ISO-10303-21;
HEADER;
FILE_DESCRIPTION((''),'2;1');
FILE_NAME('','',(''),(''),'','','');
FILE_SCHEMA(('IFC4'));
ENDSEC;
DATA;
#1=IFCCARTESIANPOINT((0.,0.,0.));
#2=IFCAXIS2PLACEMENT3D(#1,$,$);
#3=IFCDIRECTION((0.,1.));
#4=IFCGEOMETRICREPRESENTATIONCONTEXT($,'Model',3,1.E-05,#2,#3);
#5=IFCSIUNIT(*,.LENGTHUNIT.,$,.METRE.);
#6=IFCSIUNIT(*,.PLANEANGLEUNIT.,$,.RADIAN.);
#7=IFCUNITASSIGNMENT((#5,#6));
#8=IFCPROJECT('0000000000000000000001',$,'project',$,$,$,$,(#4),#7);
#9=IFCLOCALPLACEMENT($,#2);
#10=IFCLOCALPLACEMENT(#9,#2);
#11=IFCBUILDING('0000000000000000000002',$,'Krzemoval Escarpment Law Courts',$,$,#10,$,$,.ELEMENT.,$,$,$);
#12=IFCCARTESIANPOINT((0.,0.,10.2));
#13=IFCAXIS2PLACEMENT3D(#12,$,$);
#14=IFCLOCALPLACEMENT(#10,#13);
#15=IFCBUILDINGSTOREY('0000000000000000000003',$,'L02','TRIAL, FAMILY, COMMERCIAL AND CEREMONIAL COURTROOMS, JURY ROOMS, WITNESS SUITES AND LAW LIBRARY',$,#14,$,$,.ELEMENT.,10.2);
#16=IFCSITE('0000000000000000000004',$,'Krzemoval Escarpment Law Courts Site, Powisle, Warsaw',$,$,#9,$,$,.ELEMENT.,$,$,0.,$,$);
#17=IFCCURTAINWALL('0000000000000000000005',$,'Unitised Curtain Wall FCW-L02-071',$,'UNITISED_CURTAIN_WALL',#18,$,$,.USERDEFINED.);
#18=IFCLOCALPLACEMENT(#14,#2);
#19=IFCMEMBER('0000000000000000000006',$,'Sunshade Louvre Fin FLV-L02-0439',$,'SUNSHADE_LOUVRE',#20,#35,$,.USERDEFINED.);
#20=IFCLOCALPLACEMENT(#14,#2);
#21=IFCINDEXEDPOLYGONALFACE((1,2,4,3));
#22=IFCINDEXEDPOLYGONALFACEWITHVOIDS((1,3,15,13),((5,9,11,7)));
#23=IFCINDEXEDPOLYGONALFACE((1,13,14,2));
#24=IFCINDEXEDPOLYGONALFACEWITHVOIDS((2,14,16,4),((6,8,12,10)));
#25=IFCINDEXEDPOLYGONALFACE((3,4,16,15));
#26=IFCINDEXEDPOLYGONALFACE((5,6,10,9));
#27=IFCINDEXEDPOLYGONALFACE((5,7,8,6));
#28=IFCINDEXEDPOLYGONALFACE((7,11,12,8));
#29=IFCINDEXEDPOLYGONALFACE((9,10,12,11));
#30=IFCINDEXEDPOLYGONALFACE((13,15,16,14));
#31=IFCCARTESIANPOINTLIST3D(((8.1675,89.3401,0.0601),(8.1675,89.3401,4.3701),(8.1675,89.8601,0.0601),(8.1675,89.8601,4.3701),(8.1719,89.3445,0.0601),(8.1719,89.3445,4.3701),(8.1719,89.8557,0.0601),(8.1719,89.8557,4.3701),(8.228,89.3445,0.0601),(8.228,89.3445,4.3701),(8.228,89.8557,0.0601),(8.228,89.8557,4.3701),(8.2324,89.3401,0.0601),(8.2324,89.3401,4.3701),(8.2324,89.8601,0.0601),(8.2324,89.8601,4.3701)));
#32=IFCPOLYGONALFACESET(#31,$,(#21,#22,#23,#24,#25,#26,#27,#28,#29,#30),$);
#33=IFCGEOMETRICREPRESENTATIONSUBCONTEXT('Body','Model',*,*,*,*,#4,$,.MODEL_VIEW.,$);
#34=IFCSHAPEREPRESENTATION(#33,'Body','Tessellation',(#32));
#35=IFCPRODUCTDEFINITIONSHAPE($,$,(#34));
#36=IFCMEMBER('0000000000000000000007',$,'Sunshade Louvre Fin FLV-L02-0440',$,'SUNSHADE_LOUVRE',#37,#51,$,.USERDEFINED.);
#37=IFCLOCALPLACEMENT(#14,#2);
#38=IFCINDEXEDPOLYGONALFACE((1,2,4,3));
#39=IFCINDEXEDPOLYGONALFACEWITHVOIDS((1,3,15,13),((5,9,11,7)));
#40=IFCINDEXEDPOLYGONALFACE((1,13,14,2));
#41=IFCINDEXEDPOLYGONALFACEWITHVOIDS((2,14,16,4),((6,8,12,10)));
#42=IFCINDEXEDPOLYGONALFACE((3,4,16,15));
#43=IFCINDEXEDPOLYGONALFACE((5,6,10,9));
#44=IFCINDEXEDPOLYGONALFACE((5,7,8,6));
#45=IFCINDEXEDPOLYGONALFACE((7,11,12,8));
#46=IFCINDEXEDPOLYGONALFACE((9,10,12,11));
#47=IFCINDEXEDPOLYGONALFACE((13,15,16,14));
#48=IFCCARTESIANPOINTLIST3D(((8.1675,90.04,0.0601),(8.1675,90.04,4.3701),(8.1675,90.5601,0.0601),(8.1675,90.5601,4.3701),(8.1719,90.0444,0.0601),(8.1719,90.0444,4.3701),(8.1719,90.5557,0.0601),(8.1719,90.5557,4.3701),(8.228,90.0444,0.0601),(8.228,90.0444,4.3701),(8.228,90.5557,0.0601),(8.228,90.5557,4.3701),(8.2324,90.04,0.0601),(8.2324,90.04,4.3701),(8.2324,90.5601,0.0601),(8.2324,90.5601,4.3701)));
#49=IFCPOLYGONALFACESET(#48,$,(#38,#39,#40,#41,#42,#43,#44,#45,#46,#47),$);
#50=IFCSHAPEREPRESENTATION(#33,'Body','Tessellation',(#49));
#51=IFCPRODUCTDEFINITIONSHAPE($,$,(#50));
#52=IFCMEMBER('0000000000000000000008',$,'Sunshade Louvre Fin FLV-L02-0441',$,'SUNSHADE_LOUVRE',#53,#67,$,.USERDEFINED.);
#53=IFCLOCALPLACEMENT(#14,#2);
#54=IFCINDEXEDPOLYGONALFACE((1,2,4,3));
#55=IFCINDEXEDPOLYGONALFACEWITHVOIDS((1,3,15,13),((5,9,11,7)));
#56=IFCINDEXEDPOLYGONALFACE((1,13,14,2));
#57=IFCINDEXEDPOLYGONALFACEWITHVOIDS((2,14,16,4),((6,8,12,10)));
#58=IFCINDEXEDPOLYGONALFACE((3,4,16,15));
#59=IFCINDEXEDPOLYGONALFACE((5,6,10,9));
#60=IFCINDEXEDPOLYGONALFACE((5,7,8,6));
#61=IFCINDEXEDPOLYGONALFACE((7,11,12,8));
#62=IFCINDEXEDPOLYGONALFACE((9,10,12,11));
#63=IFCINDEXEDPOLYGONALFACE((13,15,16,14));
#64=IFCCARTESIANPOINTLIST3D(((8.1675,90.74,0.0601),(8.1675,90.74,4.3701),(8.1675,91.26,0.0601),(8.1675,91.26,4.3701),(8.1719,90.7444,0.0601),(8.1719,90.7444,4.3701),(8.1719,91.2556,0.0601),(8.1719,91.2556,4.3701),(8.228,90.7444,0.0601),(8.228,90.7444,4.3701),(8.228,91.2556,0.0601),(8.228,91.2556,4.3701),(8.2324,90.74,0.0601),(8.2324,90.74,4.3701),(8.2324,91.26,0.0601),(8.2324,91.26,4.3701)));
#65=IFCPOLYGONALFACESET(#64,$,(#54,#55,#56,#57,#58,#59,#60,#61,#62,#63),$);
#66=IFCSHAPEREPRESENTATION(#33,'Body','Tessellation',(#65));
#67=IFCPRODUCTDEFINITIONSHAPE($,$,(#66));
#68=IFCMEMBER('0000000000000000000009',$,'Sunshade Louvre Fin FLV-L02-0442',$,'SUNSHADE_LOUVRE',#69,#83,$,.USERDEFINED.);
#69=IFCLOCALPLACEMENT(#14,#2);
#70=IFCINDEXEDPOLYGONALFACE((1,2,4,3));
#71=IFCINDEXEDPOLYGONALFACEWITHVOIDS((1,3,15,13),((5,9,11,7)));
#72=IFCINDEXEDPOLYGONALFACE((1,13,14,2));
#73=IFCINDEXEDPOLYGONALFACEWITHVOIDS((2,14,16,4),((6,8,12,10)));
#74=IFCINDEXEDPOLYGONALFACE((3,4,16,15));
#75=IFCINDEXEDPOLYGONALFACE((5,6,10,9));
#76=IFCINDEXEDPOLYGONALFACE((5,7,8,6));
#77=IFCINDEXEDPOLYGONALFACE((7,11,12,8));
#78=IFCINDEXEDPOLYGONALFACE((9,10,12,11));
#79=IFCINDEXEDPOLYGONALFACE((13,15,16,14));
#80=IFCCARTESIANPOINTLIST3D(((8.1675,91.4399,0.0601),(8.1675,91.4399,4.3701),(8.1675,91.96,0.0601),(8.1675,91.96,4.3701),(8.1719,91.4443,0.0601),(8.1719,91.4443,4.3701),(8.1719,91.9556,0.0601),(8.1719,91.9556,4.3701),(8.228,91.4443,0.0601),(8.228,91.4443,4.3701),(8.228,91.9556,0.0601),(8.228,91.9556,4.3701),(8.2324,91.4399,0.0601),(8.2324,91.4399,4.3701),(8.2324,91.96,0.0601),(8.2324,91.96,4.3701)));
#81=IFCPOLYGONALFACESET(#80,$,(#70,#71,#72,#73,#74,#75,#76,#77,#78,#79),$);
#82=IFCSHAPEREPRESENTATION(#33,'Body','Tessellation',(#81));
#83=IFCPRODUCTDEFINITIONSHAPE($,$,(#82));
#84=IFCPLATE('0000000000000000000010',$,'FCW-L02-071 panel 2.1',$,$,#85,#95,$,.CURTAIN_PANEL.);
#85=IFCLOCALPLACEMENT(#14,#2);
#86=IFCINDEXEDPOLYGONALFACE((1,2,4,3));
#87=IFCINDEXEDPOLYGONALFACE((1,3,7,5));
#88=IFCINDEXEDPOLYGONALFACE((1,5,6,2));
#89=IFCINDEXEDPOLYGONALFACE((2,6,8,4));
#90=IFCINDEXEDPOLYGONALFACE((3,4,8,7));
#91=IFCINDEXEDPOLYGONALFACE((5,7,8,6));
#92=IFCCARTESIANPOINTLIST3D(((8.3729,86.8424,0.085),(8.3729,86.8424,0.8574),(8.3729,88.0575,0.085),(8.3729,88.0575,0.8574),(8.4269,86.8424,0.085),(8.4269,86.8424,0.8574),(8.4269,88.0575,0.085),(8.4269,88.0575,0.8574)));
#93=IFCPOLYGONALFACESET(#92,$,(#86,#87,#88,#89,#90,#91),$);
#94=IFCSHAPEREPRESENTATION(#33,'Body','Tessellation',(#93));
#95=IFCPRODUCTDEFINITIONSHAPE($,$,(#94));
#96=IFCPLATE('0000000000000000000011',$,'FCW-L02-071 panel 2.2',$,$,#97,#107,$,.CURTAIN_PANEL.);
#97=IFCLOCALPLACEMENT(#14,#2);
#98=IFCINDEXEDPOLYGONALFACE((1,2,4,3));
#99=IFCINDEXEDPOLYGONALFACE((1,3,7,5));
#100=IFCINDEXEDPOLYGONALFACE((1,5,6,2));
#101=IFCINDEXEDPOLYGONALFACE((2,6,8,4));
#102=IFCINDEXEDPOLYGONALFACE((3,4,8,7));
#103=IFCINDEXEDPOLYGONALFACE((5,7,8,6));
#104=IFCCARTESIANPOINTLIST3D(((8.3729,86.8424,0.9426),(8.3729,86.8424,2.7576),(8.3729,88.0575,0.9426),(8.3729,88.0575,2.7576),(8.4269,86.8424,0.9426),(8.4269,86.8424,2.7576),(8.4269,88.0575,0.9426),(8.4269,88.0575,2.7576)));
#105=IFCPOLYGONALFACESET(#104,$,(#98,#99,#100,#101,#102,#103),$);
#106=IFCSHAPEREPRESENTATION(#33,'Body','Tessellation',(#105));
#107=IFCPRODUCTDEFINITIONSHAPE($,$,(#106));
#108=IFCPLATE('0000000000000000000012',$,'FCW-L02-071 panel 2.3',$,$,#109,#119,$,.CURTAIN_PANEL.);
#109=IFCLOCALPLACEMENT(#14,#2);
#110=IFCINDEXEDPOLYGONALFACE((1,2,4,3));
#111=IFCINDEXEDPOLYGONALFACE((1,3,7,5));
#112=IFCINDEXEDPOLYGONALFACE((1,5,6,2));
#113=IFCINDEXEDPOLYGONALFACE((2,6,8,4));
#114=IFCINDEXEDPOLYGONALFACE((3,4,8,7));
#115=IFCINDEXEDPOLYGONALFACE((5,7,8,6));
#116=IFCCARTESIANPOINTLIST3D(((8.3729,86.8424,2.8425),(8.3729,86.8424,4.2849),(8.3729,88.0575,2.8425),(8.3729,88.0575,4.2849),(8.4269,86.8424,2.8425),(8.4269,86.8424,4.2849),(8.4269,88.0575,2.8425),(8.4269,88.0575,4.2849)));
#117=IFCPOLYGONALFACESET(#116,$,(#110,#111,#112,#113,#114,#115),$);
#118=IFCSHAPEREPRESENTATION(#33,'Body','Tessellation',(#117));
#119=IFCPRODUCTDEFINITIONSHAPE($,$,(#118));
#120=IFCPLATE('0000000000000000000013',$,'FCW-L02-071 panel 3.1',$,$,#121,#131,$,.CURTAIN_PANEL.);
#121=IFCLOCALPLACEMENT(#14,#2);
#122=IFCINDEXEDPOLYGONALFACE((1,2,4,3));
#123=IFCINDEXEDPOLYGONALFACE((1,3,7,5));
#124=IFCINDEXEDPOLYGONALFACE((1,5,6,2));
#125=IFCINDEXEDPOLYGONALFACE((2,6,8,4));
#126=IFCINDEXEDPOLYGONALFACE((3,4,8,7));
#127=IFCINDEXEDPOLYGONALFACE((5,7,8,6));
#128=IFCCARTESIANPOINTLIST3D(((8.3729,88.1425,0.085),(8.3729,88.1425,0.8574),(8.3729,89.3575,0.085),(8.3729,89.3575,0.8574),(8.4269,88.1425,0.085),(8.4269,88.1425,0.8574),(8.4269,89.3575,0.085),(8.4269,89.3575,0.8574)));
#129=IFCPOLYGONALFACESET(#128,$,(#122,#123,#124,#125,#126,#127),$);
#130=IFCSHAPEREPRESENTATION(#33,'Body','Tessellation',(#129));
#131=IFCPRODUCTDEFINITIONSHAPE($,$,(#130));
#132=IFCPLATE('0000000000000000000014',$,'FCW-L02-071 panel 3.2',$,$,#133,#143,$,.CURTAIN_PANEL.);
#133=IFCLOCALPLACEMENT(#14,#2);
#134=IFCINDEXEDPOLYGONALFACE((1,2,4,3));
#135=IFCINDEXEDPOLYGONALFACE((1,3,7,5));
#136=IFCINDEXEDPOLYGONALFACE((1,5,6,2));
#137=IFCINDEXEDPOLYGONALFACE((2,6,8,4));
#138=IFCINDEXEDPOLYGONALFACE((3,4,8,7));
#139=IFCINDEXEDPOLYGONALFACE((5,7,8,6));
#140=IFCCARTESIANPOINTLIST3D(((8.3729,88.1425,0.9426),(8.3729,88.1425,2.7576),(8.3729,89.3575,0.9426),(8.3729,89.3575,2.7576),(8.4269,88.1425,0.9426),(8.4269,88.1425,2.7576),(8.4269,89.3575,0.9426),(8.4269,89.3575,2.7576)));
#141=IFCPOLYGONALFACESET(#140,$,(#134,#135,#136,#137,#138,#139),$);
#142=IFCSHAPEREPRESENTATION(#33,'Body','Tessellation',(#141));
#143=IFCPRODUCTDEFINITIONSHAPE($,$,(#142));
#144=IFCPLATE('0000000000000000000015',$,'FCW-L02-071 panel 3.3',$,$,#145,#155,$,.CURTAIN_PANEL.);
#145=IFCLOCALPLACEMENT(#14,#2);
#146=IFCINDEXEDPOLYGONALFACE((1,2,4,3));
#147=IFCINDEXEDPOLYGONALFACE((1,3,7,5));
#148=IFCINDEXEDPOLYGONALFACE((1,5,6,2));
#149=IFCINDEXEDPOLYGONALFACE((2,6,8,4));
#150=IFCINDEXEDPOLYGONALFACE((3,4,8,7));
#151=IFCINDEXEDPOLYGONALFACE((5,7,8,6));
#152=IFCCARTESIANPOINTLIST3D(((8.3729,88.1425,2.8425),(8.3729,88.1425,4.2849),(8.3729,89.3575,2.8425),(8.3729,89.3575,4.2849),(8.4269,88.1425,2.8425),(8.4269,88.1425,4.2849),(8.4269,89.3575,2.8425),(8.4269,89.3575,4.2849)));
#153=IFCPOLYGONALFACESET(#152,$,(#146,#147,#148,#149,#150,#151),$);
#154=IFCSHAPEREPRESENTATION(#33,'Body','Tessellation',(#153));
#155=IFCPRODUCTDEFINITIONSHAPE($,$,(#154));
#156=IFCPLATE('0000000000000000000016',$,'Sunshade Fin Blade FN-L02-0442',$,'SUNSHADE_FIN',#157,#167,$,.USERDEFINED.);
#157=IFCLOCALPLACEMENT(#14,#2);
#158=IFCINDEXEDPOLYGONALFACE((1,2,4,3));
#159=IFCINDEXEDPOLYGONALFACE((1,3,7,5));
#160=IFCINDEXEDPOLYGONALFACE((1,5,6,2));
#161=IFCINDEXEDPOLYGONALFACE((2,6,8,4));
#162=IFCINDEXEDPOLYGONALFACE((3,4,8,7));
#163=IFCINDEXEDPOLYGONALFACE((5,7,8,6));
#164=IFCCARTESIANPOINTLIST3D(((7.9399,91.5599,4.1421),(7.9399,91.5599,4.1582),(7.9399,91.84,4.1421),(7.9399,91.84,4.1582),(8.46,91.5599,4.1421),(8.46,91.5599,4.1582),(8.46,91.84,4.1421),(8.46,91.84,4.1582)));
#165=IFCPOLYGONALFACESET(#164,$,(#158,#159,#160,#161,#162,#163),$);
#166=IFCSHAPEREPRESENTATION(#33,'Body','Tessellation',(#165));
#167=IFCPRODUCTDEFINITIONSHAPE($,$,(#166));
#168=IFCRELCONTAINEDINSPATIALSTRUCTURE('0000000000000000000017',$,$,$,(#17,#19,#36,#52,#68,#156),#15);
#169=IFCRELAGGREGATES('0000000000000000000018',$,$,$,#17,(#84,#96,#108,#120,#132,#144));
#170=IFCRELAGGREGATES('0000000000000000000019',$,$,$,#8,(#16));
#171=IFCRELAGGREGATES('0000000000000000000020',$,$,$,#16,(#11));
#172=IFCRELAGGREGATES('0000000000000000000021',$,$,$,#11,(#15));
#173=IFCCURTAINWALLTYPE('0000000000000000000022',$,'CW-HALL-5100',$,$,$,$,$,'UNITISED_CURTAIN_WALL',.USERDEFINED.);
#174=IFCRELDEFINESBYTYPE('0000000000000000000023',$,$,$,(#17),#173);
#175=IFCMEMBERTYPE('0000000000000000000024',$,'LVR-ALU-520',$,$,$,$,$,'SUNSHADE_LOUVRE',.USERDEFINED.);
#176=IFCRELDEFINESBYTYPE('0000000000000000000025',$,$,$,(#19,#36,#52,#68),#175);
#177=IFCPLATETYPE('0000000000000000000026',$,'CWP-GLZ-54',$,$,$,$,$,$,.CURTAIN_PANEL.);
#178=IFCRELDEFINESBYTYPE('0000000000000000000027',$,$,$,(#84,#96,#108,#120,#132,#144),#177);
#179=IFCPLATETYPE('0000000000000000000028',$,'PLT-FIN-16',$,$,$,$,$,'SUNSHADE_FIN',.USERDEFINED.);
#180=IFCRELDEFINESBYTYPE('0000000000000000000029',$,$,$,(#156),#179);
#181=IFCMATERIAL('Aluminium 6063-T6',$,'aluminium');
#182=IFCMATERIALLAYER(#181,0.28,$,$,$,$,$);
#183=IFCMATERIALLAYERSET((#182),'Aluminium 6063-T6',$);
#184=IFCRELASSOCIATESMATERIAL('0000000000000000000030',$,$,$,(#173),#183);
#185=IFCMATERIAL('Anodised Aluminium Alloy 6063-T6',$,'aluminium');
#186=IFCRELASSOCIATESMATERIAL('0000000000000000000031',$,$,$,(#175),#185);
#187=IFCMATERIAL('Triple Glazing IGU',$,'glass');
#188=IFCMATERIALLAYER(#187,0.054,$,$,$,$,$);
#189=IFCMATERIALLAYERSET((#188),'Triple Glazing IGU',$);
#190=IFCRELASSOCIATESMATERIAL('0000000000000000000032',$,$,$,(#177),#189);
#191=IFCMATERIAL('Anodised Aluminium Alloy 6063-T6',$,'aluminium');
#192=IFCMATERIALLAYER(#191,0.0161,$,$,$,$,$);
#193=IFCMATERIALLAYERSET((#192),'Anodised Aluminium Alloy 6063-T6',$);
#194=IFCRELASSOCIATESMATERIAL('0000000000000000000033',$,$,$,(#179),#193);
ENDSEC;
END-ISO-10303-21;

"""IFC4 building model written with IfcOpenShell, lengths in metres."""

from ifc_helpers import new_model, si_unit, direction, frame, origin, origin_2d, place, context, subcontext, project, spatial, rectangle, hollow_rectangle, extrude, material, layer, layer_set, material_profile, profile_set, type_object, element, aggregate, save


model = new_model("IFC4")

# Units and contexts
model_context = context("Model", 3, precision=1e-05, world=origin(), true_north=direction((0.0, 1.0)))
body_context = subcontext(model_context, "Body", "Model", "MODEL_VIEW")
ifc_project = project(units=[si_unit("LENGTHUNIT", "METRE"), si_unit("PLANEANGLEUNIT", "RADIAN")], contexts=[model_context])

# Site, building, storey
site_placement = place(None, origin())
site = spatial("IfcSite", under=ifc_project, at=site_placement, Name="Krzemoval Escarpment Law Courts Site, Powisle, Warsaw", CompositionType="ELEMENT", RefElevation=0.0)
building_placement = place(site_placement, origin())
building = spatial("IfcBuilding", under=site, at=building_placement, Name="Krzemoval Escarpment Law Courts", CompositionType="ELEMENT")
storey_placement = place(building_placement, frame((0.0, 0.0, 10.2)))
storey = spatial("IfcBuildingStorey", under=building, at=storey_placement, Name="L02", Description="TRIAL, FAMILY, COMMERCIAL AND CEREMONIAL COURTROOMS, JURY ROOMS, WITNESS SUITES AND LAW LIBRARY", CompositionType="ELEMENT", Elevation=10.2)

# Curtain wall
ifc_material_1 = material(Name="Aluminium 6063-T6", Category="aluminium")
ifc_layer_1 = layer(ifc_material_1, 0.28)
ifc_layer_set_1 = layer_set([ifc_layer_1], Name="Aluminium 6063-T6")
curtain_wall_type = type_object("IfcCurtainWallType", Name="CW-HALL-5100", ElementType="UNITISED_CURTAIN_WALL", PredefinedType="USERDEFINED", material=ifc_layer_set_1)
curtain_wall_placement = place(storey_placement, origin())
curtain_wall = element("IfcCurtainWall", 1, at=curtain_wall_placement, inside=storey, type_object=curtain_wall_type, Name="Unitised Curtain Wall FCW-L02-071", ObjectType="UNITISED_CURTAIN_WALL", PredefinedType="USERDEFINED")

# Members
ifc_material_2 = material(Name="Anodised Aluminium Alloy 6063-T6", Category="aluminium")
ifc_material_profile_1 = material_profile(ifc_material_2, hollow_rectangle(XDim=0.0649, YDim=0.52, WallThickness=0.0044, at=origin_2d()), Name="ALU LVR 65x520")
ifc_profile_set_1 = profile_set([ifc_material_profile_1], Name="Anodised Aluminium Alloy 6063-T6")
member_type_1 = type_object("IfcMemberType", Name="LVR-ALU-520", ElementType="SUNSHADE_LOUVRE", PredefinedType="USERDEFINED", material=ifc_profile_set_1)
for number, where, z_axis, x_axis, name in (
    (2, (8.2, 89.6001, 0.0601), (0.0, 0.0, 1.0), (1.0, 0.0, 0.0), "Sunshade Louvre Fin FLV-L02-0439"),
    (3, (8.2, 90.3, 0.0601), (0.0, 0.0, 1.0), (1.0, 0.0, 0.0), "Sunshade Louvre Fin FLV-L02-0440"),
    (4, (8.2, 91.0, 0.0601), (0.0, 0.0, 1.0), (1.0, 0.0, 0.0), "Sunshade Louvre Fin FLV-L02-0441"),
    (5, (8.2, 91.7, 0.0601), (0.0, 0.0, 1.0), (1.0, 0.0, 0.0), "Sunshade Louvre Fin FLV-L02-0442"),
):
    element("IfcMember", number, at=place(storey_placement, frame(where, z_axis=z_axis, x_axis=x_axis)), inside=storey, type_object=member_type_1, Name=name, ObjectType="SUNSHADE_LOUVRE", PredefinedType="USERDEFINED", context=body_context, shape_type="SweptSolid", body=[
        extrude(hollow_rectangle(XDim=0.0649, YDim=0.52, WallThickness=0.0044, at=origin_2d()), origin(), (0.0, 0.0, 1.0), 4.3101),
    ])

# Plates
ifc_material_3 = material(Name="Triple Glazing IGU", Category="glass")
ifc_layer_2 = layer(ifc_material_3, 0.054)
ifc_layer_set_2 = layer_set([ifc_layer_2], Name="Triple Glazing IGU")
plate_type_1 = type_object("IfcPlateType", Name="CWP-GLZ-54", PredefinedType="CURTAIN_PANEL", material=ifc_layer_set_2)
plate_1_placement = place(storey_placement, frame((8.3999, 87.45, 0.085), z_axis=(0.0, 0.0, 1.0), x_axis=(0.0, 1.0, 0.0)))
plate_1 = element("IfcPlate", 6, at=plate_1_placement, type_object=plate_type_1, Name="FCW-L02-071 panel 2.1", PredefinedType="CURTAIN_PANEL", context=body_context, shape_type="SweptSolid", body=[
    extrude(rectangle(XDim=1.2151, YDim=0.054, at=origin_2d()), origin(), (0.0, 0.0, 1.0), 0.7725),
])
plate_2_placement = place(storey_placement, frame((8.3999, 87.45, 0.9426), z_axis=(0.0, 0.0, 1.0), x_axis=(0.0, 1.0, 0.0)))
plate_2 = element("IfcPlate", 7, at=plate_2_placement, type_object=plate_type_1, Name="FCW-L02-071 panel 2.2", PredefinedType="CURTAIN_PANEL", context=body_context, shape_type="SweptSolid", body=[
    extrude(rectangle(XDim=1.2151, YDim=0.054, at=origin_2d()), origin(), (0.0, 0.0, 1.0), 1.8149),
])
plate_3_placement = place(storey_placement, frame((8.3999, 87.45, 2.8425), z_axis=(0.0, 0.0, 1.0), x_axis=(0.0, 1.0, 0.0)))
plate_3 = element("IfcPlate", 8, at=plate_3_placement, type_object=plate_type_1, Name="FCW-L02-071 panel 2.3", PredefinedType="CURTAIN_PANEL", context=body_context, shape_type="SweptSolid", body=[
    extrude(rectangle(XDim=1.2151, YDim=0.054, at=origin_2d()), origin(), (0.0, 0.0, 1.0), 1.4424),
])
plate_4_placement = place(storey_placement, frame((8.3999, 88.75, 0.085), z_axis=(0.0, 0.0, 1.0), x_axis=(0.0, 1.0, 0.0)))
plate_4 = element("IfcPlate", 9, at=plate_4_placement, type_object=plate_type_1, Name="FCW-L02-071 panel 3.1", PredefinedType="CURTAIN_PANEL", context=body_context, shape_type="SweptSolid", body=[
    extrude(rectangle(XDim=1.2151, YDim=0.054, at=origin_2d()), origin(), (0.0, 0.0, 1.0), 0.7725),
])
plate_5_placement = place(storey_placement, frame((8.3999, 88.75, 0.9426), z_axis=(0.0, 0.0, 1.0), x_axis=(0.0, 1.0, 0.0)))
plate_5 = element("IfcPlate", 10, at=plate_5_placement, type_object=plate_type_1, Name="FCW-L02-071 panel 3.2", PredefinedType="CURTAIN_PANEL", context=body_context, shape_type="SweptSolid", body=[
    extrude(rectangle(XDim=1.2151, YDim=0.054, at=origin_2d()), origin(), (0.0, 0.0, 1.0), 1.8149),
])
plate_6_placement = place(storey_placement, frame((8.3999, 88.75, 2.8425), z_axis=(0.0, 0.0, 1.0), x_axis=(0.0, 1.0, 0.0)))
plate_6 = element("IfcPlate", 11, at=plate_6_placement, type_object=plate_type_1, Name="FCW-L02-071 panel 3.3", PredefinedType="CURTAIN_PANEL", context=body_context, shape_type="SweptSolid", body=[
    extrude(rectangle(XDim=1.2151, YDim=0.054, at=origin_2d()), origin(), (0.0, 0.0, 1.0), 1.4424),
])
aggregate(curtain_wall, [plate_1, plate_2, plate_3, plate_4, plate_5, plate_6])
ifc_material_4 = material(Name="Anodised Aluminium Alloy 6063-T6", Category="aluminium")
ifc_layer_3 = layer(ifc_material_4, 0.0161)
ifc_layer_set_3 = layer_set([ifc_layer_3], Name="Anodised Aluminium Alloy 6063-T6")
plate_type_2 = type_object("IfcPlateType", Name="PLT-FIN-16", ElementType="SUNSHADE_FIN", PredefinedType="USERDEFINED", material=ifc_layer_set_3)
plate_7_placement = place(storey_placement, frame((8.2, 91.7, 4.1421), z_axis=(0.0, 0.0, 1.0), x_axis=(-1.0, 0.0, 0.0)))
element("IfcPlate", 12, at=plate_7_placement, inside=storey, type_object=plate_type_2, Name="Sunshade Fin Blade FN-L02-0442", ObjectType="SUNSHADE_FIN", PredefinedType="USERDEFINED", context=body_context, shape_type="SweptSolid", body=[
    extrude(rectangle(XDim=0.52, YDim=0.28, at=origin_2d()), origin(), (0.0, 0.0, 1.0), 0.0161),
])

save(model, "model.ifc")
